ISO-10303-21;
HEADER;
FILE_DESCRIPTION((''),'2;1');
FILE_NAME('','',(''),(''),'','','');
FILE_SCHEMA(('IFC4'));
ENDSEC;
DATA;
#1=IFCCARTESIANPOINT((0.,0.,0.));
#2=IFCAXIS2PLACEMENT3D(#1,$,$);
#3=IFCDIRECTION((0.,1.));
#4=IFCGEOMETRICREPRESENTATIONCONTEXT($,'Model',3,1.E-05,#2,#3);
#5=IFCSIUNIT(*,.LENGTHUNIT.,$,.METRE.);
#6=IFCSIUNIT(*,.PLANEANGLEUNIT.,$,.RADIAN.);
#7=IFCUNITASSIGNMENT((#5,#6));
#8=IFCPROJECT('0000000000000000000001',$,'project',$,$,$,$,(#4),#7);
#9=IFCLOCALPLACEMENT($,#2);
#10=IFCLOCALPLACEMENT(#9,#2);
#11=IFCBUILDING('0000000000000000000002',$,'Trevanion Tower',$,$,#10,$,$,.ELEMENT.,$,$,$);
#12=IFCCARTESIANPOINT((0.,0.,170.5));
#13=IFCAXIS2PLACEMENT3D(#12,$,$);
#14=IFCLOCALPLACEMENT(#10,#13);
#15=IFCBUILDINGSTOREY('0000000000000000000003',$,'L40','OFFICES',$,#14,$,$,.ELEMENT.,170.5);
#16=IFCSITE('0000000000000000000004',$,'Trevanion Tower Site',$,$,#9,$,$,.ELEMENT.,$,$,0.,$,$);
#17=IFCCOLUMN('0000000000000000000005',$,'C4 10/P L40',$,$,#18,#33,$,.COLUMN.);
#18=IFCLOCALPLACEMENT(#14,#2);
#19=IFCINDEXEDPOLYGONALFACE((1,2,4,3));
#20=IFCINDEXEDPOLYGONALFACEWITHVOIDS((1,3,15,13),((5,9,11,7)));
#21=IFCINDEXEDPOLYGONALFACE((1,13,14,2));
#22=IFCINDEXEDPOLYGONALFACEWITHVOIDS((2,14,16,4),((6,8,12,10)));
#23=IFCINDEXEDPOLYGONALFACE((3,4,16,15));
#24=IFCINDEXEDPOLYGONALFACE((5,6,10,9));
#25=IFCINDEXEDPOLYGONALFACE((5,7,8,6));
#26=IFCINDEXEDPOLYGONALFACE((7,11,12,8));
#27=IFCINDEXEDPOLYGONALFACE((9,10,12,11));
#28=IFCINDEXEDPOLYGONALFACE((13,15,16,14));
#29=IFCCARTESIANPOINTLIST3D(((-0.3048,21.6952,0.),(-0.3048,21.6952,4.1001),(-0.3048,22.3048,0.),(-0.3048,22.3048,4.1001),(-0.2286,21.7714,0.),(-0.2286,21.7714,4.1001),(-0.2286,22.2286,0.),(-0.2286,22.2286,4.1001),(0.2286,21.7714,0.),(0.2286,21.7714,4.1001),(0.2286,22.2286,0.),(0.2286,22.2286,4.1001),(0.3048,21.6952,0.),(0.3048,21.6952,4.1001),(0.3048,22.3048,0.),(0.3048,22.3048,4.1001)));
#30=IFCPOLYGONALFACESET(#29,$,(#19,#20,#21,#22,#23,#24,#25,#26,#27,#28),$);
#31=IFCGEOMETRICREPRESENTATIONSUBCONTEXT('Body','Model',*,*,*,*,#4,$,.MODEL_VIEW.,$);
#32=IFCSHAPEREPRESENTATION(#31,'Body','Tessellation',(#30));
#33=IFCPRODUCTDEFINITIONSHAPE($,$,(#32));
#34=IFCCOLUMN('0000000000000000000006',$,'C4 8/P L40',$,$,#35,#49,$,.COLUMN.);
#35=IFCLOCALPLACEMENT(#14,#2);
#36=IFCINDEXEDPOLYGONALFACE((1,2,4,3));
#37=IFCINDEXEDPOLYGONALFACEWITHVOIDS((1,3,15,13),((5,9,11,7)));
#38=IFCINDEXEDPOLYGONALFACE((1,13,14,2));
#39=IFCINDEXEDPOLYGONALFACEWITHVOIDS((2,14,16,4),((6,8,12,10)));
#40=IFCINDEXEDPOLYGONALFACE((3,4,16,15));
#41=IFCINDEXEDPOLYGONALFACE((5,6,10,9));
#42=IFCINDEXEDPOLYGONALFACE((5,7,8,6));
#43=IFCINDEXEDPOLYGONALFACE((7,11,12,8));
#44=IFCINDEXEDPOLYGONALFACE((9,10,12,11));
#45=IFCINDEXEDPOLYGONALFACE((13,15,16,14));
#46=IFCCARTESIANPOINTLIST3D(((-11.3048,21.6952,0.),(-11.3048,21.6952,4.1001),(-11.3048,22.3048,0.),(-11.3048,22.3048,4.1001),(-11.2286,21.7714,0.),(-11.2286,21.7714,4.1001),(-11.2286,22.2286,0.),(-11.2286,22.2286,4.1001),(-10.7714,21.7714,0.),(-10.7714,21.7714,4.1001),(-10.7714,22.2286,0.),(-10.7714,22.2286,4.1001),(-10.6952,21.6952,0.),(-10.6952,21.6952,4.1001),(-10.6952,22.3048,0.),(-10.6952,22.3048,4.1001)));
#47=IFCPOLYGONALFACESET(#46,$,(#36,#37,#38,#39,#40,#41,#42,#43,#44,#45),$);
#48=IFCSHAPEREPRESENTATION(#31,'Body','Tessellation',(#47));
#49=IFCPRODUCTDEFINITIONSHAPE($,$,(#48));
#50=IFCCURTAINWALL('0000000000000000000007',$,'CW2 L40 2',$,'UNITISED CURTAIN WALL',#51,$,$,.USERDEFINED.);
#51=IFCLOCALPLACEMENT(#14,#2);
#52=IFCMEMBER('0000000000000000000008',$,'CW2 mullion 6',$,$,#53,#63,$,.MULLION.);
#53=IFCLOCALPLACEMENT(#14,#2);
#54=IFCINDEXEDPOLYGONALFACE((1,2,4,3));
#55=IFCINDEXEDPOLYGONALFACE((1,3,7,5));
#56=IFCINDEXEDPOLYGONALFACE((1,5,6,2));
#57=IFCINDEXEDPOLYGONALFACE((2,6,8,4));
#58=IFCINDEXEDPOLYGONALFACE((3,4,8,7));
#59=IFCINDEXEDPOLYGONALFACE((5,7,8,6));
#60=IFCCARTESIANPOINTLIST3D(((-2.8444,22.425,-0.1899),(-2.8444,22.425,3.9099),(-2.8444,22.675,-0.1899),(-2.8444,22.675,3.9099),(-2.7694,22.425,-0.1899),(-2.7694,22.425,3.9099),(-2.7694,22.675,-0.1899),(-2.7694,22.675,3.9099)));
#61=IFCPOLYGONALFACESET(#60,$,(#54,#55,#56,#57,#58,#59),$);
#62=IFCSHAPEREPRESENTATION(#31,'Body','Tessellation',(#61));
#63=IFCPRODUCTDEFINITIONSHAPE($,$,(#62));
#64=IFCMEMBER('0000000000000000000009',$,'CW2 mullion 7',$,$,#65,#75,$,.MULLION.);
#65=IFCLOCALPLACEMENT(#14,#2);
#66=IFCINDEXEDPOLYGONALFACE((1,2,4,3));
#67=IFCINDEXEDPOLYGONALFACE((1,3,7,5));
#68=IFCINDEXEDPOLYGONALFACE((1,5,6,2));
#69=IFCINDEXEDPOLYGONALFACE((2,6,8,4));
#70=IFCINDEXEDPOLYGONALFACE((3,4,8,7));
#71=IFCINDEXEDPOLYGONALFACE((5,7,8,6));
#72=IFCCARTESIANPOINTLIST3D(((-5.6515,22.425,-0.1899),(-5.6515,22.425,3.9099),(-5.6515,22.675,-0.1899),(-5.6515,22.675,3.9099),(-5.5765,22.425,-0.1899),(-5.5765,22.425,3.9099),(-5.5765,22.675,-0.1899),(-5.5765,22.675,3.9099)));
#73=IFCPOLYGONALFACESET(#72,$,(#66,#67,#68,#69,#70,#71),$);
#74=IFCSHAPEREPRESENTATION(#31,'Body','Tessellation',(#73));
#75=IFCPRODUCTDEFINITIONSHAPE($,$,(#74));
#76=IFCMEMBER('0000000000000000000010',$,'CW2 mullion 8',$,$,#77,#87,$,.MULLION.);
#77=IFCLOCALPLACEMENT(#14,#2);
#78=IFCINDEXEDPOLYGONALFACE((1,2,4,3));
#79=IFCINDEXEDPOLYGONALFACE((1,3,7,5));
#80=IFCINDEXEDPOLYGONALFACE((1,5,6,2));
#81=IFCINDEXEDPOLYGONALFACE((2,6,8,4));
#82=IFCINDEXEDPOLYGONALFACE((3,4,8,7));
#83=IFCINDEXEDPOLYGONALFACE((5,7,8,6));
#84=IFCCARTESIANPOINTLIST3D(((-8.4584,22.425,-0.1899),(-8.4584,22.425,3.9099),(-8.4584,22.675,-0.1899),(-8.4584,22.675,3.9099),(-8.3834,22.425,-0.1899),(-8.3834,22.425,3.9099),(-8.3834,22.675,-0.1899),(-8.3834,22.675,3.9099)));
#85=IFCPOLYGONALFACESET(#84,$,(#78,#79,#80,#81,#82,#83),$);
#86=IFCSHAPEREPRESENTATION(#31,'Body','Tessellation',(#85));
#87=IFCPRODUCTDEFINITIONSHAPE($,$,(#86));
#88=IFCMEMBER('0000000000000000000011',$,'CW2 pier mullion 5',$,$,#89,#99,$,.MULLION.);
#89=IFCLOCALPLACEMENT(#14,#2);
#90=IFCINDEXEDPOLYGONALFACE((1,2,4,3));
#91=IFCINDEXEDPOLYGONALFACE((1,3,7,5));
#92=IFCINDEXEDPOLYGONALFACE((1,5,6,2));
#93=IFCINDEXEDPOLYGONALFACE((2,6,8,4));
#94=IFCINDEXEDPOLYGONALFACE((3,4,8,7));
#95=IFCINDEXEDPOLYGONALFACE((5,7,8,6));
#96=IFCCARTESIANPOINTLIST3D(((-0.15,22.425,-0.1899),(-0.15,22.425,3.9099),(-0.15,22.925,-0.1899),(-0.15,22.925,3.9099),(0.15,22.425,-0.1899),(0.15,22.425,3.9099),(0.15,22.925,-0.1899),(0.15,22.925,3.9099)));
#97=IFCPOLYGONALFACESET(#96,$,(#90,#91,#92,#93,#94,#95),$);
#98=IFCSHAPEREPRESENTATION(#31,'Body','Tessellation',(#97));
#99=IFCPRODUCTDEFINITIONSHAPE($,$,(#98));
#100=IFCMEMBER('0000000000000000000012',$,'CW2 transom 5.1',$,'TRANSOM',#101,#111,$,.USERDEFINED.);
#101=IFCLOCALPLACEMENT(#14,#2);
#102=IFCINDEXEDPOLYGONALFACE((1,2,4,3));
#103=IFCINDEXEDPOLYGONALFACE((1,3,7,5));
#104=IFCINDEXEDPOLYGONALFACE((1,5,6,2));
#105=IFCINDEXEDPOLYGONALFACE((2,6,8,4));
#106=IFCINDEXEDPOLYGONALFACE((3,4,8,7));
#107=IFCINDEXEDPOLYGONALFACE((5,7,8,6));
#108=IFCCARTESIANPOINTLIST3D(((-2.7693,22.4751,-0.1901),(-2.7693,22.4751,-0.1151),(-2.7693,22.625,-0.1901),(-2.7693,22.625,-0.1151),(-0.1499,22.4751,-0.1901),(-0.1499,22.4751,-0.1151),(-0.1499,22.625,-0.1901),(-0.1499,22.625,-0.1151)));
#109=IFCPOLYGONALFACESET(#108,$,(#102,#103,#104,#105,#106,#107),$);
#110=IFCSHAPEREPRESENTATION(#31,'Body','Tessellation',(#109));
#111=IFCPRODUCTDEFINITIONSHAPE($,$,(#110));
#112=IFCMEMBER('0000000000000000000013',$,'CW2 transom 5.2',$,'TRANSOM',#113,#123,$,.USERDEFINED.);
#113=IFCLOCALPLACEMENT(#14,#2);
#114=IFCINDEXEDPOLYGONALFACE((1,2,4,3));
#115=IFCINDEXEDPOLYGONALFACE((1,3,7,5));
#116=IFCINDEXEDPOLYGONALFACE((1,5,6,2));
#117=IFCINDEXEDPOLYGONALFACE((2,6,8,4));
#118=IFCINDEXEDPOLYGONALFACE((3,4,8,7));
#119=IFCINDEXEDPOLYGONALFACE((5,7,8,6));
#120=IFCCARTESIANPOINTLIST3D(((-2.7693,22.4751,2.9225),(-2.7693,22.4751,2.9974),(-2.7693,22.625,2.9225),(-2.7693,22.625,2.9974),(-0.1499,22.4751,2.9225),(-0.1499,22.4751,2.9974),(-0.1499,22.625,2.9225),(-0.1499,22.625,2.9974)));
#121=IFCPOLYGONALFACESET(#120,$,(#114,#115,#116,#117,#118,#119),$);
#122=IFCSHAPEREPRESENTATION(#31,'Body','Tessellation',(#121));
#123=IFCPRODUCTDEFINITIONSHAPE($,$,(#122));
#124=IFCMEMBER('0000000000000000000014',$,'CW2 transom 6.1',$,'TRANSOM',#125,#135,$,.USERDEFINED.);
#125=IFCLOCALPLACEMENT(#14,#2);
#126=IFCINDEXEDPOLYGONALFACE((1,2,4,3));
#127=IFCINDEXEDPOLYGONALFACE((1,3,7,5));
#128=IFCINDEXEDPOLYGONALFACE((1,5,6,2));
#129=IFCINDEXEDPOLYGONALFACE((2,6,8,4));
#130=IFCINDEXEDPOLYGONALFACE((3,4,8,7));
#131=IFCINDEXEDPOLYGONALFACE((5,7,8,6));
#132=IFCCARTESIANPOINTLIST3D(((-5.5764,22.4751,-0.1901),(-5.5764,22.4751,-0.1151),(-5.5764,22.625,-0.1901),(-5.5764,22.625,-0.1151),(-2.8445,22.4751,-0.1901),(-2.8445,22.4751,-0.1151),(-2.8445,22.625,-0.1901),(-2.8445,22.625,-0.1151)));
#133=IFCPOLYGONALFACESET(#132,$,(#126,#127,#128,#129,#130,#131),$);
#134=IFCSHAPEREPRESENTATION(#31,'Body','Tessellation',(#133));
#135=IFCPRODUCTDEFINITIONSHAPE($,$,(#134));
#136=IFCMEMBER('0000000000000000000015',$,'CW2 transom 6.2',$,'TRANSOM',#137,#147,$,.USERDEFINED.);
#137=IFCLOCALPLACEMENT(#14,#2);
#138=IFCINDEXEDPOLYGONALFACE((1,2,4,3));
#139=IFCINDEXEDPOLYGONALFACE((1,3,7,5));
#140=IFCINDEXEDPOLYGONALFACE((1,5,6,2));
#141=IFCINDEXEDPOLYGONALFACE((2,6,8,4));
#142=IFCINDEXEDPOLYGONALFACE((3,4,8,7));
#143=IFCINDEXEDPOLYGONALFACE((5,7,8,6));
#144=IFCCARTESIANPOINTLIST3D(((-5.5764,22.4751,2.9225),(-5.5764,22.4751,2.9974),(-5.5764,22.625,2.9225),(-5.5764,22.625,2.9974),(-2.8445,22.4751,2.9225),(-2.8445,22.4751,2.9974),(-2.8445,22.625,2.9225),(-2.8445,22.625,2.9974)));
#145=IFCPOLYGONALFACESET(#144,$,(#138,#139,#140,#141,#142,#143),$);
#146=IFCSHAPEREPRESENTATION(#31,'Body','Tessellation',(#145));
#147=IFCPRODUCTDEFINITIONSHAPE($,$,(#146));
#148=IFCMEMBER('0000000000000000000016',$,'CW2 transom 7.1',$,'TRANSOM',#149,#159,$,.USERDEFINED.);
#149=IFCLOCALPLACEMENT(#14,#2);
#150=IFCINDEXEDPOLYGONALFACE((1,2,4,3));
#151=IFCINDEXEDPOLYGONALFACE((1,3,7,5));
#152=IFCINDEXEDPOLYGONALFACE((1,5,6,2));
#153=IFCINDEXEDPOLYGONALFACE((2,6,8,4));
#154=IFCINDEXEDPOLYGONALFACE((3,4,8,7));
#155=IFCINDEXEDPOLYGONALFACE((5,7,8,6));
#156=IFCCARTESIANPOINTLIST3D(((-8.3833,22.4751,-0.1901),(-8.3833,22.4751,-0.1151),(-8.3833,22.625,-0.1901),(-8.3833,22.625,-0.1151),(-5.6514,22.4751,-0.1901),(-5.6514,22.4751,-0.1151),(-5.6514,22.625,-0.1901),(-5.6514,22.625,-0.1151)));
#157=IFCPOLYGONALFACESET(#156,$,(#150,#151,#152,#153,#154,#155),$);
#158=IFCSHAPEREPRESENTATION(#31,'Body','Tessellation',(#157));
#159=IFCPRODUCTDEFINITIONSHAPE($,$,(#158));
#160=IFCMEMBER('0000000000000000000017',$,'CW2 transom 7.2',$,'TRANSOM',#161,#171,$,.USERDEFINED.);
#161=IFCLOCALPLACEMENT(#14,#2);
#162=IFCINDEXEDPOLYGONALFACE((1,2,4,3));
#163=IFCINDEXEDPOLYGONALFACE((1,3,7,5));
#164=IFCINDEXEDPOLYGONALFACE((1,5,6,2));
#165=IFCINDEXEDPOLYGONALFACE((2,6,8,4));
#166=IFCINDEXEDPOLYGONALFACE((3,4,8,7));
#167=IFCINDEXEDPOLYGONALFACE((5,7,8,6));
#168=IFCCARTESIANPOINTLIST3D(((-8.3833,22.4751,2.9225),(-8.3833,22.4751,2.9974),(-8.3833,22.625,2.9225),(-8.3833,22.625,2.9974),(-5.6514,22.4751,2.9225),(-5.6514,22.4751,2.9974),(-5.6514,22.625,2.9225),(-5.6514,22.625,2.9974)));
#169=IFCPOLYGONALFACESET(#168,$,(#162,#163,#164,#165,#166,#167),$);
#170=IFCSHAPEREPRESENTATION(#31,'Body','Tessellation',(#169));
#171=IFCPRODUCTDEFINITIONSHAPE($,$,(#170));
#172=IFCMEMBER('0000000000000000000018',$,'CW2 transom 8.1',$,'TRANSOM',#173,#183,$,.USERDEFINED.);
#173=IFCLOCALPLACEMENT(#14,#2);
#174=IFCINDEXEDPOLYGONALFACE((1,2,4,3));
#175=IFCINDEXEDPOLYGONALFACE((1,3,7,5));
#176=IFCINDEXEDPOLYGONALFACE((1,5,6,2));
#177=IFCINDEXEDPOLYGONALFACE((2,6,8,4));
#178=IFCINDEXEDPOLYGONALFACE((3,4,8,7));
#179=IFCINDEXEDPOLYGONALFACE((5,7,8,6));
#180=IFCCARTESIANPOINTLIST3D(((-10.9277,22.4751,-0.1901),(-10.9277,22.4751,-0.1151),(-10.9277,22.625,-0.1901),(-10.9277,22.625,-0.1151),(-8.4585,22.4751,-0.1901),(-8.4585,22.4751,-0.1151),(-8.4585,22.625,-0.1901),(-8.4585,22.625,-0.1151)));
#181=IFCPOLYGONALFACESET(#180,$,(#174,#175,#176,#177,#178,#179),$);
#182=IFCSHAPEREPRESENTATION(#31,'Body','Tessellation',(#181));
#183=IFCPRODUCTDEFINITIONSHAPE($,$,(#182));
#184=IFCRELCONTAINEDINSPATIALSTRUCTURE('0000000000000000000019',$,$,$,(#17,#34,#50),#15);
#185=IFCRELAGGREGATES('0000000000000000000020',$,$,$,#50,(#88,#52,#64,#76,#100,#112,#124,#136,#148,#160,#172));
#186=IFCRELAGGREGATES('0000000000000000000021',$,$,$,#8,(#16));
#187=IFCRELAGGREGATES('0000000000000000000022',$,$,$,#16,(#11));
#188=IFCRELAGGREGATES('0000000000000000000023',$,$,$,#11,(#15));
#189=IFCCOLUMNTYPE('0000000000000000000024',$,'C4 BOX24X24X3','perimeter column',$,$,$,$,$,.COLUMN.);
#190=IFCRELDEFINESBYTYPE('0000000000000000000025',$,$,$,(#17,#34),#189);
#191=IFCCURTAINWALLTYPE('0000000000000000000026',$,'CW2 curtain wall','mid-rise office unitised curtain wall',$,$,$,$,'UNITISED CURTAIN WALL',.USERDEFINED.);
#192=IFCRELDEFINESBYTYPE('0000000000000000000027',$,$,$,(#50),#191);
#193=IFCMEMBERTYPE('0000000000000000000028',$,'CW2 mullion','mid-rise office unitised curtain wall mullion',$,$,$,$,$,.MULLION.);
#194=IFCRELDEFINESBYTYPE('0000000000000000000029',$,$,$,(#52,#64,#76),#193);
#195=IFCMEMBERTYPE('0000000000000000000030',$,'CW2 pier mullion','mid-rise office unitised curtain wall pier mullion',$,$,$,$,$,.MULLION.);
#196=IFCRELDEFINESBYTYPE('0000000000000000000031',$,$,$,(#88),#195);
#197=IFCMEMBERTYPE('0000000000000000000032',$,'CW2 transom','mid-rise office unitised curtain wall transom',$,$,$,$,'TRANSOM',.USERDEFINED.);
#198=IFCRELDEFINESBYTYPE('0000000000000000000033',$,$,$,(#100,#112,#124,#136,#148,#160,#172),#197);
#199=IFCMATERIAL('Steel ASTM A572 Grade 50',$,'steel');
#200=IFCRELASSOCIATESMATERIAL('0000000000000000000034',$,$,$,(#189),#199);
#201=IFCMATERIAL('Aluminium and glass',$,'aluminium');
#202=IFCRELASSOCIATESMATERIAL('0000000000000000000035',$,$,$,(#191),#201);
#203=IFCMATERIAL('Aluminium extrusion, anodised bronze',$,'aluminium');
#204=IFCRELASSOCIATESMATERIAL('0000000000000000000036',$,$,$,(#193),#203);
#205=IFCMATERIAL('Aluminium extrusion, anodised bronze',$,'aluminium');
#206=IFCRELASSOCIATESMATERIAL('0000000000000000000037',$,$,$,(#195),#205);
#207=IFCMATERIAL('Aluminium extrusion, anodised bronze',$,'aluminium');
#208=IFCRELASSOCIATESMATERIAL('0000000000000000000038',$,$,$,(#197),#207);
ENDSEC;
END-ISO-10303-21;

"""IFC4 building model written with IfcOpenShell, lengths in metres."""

from ifc_helpers import new_model, si_unit, direction, frame, origin, origin_2d, place, context, subcontext, project, spatial, rectangle, hollow_rectangle, extrude, material, material_profile, profile_set, type_object, element, aggregate, save


model = new_model("IFC4")

# Units and contexts
model_context = context("Model", 3, precision=1e-05, world=origin(), true_north=direction((0.0, 1.0)))
body_context = subcontext(model_context, "Body", "Model", "MODEL_VIEW")
ifc_project = project(units=[si_unit("LENGTHUNIT", "METRE"), si_unit("PLANEANGLEUNIT", "RADIAN")], contexts=[model_context])

# Site, building, storey
site_placement = place(None, origin())
site = spatial("IfcSite", under=ifc_project, at=site_placement, Name="Trevanion Tower Site", CompositionType="ELEMENT", RefElevation=0.0)
building_placement = place(site_placement, origin())
building = spatial("IfcBuilding", under=site, at=building_placement, Name="Trevanion Tower", CompositionType="ELEMENT")
storey_placement = place(building_placement, frame((0.0, 0.0, 170.5)))
storey = spatial("IfcBuildingStorey", under=building, at=storey_placement, Name="L40", Description="OFFICES", CompositionType="ELEMENT", Elevation=170.5)

# Columns
ifc_material_1 = material(Name="Steel ASTM A572 Grade 50", Category="steel")
ifc_material_profile_1 = material_profile(ifc_material_1, hollow_rectangle(XDim=0.6096, YDim=0.6096, WallThickness=0.0762, at=origin_2d()), Name="BOX24X24X3")
ifc_profile_set_1 = profile_set([ifc_material_profile_1], Name="Steel ASTM A572 Grade 50")
column_type = type_object("IfcColumnType", Name="C4 BOX24X24X3", Description="perimeter column", PredefinedType="COLUMN", material=ifc_profile_set_1)
for number, where, z_axis, x_axis, name in (
    (1, (0.0, 22.0, 0.0), (0.0, 0.0, 1.0), (1.0, 0.0, 0.0), "C4 10/P L40"),
    (2, (-11.0, 22.0, 0.0), (0.0, 0.0, 1.0), (1.0, 0.0, 0.0), "C4 8/P L40"),
):
    element("IfcColumn", number, at=place(storey_placement, frame(where, z_axis=z_axis, x_axis=x_axis)), inside=storey, type_object=column_type, Name=name, PredefinedType="COLUMN", context=body_context, shape_type="SweptSolid", body=[
        extrude(hollow_rectangle(XDim=0.6096, YDim=0.6096, WallThickness=0.0762, at=origin_2d()), origin(), (0.0, 0.0, 1.0), 4.1001),
    ])

# Curtain wall, members
ifc_material_2 = material(Name="Aluminium and glass", Category="aluminium")
curtain_wall_type = type_object("IfcCurtainWallType", Name="CW2 curtain wall", Description="mid-rise office unitised curtain wall", ElementType="UNITISED CURTAIN WALL", PredefinedType="USERDEFINED", material=ifc_material_2)
curtain_wall_placement = place(storey_placement, origin())
curtain_wall = element("IfcCurtainWall", 3, at=curtain_wall_placement, inside=storey, type_object=curtain_wall_type, Name="CW2 L40 2", ObjectType="UNITISED CURTAIN WALL", PredefinedType="USERDEFINED")
ifc_material_3 = material(Name="Aluminium extrusion, anodised bronze", Category="aluminium")
ifc_material_profile_2 = material_profile(ifc_material_3, rectangle(XDim=0.075, YDim=0.25, at=origin_2d()), Name="CW2 mullion")
ifc_profile_set_2 = profile_set([ifc_material_profile_2], Name="Aluminium extrusion, anodised bronze")
member_type_1 = type_object("IfcMemberType", Name="CW2 mullion", Description="mid-rise office unitised curtain wall mullion", PredefinedType="MULLION", material=ifc_profile_set_2)
member_1_placement = place(storey_placement, frame((-2.8069, 22.55, -0.1899), z_axis=(0.0, 0.0, 1.0), x_axis=(-1.0, 0.0, 0.0)))
member_1 = element("IfcMember", 4, at=member_1_placement, type_object=member_type_1, Name="CW2 mullion 6", PredefinedType="MULLION", context=body_context, shape_type="SweptSolid", body=[
    extrude(rectangle(XDim=0.075, YDim=0.25, at=origin_2d()), origin(), (0.0, 0.0, 1.0), 4.0999),
])
member_2_placement = place(storey_placement, frame((-5.614, 22.55, -0.1899), z_axis=(0.0, 0.0, 1.0), x_axis=(-1.0, 0.0, 0.0)))
member_2 = element("IfcMember", 5, at=member_2_placement, type_object=member_type_1, Name="CW2 mullion 7", PredefinedType="MULLION", context=body_context, shape_type="SweptSolid", body=[
    extrude(rectangle(XDim=0.075, YDim=0.25, at=origin_2d()), origin(), (0.0, 0.0, 1.0), 4.0999),
])
member_3_placement = place(storey_placement, frame((-8.4209, 22.55, -0.1899), z_axis=(0.0, 0.0, 1.0), x_axis=(-1.0, 0.0, 0.0)))
member_3 = element("IfcMember", 6, at=member_3_placement, type_object=member_type_1, Name="CW2 mullion 8", PredefinedType="MULLION", context=body_context, shape_type="SweptSolid", body=[
    extrude(rectangle(XDim=0.075, YDim=0.25, at=origin_2d()), origin(), (0.0, 0.0, 1.0), 4.0999),
])
ifc_material_4 = material(Name="Aluminium extrusion, anodised bronze", Category="aluminium")
ifc_material_profile_3 = material_profile(ifc_material_4, rectangle(XDim=0.3, YDim=0.5, at=origin_2d()), Name="CW2 pier mullion")
ifc_profile_set_3 = profile_set([ifc_material_profile_3], Name="Aluminium extrusion, anodised bronze")
member_type_2 = type_object("IfcMemberType", Name="CW2 pier mullion", Description="mid-rise office unitised curtain wall pier mullion", PredefinedType="MULLION", material=ifc_profile_set_3)
member_4_placement = place(storey_placement, frame((0.0, 22.675, -0.1899), z_axis=(0.0, 0.0, 1.0), x_axis=(-1.0, 0.0, 0.0)))
member_4 = element("IfcMember", 7, at=member_4_placement, type_object=member_type_2, Name="CW2 pier mullion 5", PredefinedType="MULLION", context=body_context, shape_type="SweptSolid", body=[
    extrude(rectangle(XDim=0.3, YDim=0.5, at=origin_2d()), origin(), (0.0, 0.0, 1.0), 4.0999),
])
ifc_material_5 = material(Name="Aluminium extrusion, anodised bronze", Category="aluminium")
ifc_material_profile_4 = material_profile(ifc_material_5, rectangle(XDim=0.1499, YDim=0.075, at=origin_2d()), Name="CW2 transom")
ifc_profile_set_4 = profile_set([ifc_material_profile_4], Name="Aluminium extrusion, anodised bronze")
member_type_3 = type_object("IfcMemberType", Name="CW2 transom", Description="mid-rise office unitised curtain wall transom", ElementType="TRANSOM", PredefinedType="USERDEFINED", material=ifc_profile_set_4)
member_5_placement = place(storey_placement, frame((-0.1499, 22.55, -0.1526), z_axis=(-1.0, 0.0, 0.0), x_axis=(0.0, -1.0, 0.0)))
member_5 = element("IfcMember", 8, at=member_5_placement, type_object=member_type_3, Name="CW2 transom 5.1", ObjectType="TRANSOM", PredefinedType="USERDEFINED", context=body_context, shape_type="SweptSolid", body=[
    extrude(rectangle(XDim=0.1499, YDim=0.075, at=origin_2d()), origin(), (0.0, 0.0, 1.0), 2.6194),
])
member_6_placement = place(storey_placement, frame((-0.1499, 22.55, 2.96), z_axis=(-1.0, 0.0, 0.0), x_axis=(0.0, -1.0, 0.0)))
member_6 = element("IfcMember", 9, at=member_6_placement, type_object=member_type_3, Name="CW2 transom 5.2", ObjectType="TRANSOM", PredefinedType="USERDEFINED", context=body_context, shape_type="SweptSolid", body=[
    extrude(rectangle(XDim=0.1499, YDim=0.075, at=origin_2d()), origin(), (0.0, 0.0, 1.0), 2.6194),
])
member_7_placement = place(storey_placement, frame((-2.8445, 22.55, -0.1526), z_axis=(-1.0, 0.0, 0.0), x_axis=(0.0, -1.0, 0.0)))
member_7 = element("IfcMember", 10, at=member_7_placement, type_object=member_type_3, Name="CW2 transom 6.1", ObjectType="TRANSOM", PredefinedType="USERDEFINED", context=body_context, shape_type="SweptSolid", body=[
    extrude(rectangle(XDim=0.1499, YDim=0.075, at=origin_2d()), origin(), (0.0, 0.0, 1.0), 2.7319),
])
member_8_placement = place(storey_placement, frame((-2.8445, 22.55, 2.96), z_axis=(-1.0, 0.0, 0.0), x_axis=(0.0, -1.0, 0.0)))
member_8 = element("IfcMember", 11, at=member_8_placement, type_object=member_type_3, Name="CW2 transom 6.2", ObjectType="TRANSOM", PredefinedType="USERDEFINED", context=body_context, shape_type="SweptSolid", body=[
    extrude(rectangle(XDim=0.1499, YDim=0.075, at=origin_2d()), origin(), (0.0, 0.0, 1.0), 2.7319),
])
member_9_placement = place(storey_placement, frame((-5.6514, 22.55, -0.1526), z_axis=(-1.0, 0.0, 0.0), x_axis=(0.0, -1.0, 0.0)))
member_9 = element("IfcMember", 12, at=member_9_placement, type_object=member_type_3, Name="CW2 transom 7.1", ObjectType="TRANSOM", PredefinedType="USERDEFINED", context=body_context, shape_type="SweptSolid", body=[
    extrude(rectangle(XDim=0.1499, YDim=0.075, at=origin_2d()), origin(), (0.0, 0.0, 1.0), 2.7319),
])
member_10_placement = place(storey_placement, frame((-5.6514, 22.55, 2.96), z_axis=(-1.0, 0.0, 0.0), x_axis=(0.0, -1.0, 0.0)))
member_10 = element("IfcMember", 13, at=member_10_placement, type_object=member_type_3, Name="CW2 transom 7.2", ObjectType="TRANSOM", PredefinedType="USERDEFINED", context=body_context, shape_type="SweptSolid", body=[
    extrude(rectangle(XDim=0.1499, YDim=0.075, at=origin_2d()), origin(), (0.0, 0.0, 1.0), 2.7319),
])
member_11_placement = place(storey_placement, frame((-8.4585, 22.55, -0.1526), z_axis=(-1.0, 0.0, 0.0), x_axis=(0.0, -1.0, 0.0)))
member_11 = element("IfcMember", 14, at=member_11_placement, type_object=member_type_3, Name="CW2 transom 8.1", ObjectType="TRANSOM", PredefinedType="USERDEFINED", context=body_context, shape_type="SweptSolid", body=[
    extrude(rectangle(XDim=0.1499, YDim=0.075, at=origin_2d()), origin(), (0.0, 0.0, 1.0), 2.4692),
])

aggregate(curtain_wall, [member_4, member_1, member_2, member_3, member_5, member_6, member_7, member_8, member_9, member_10, member_11])

save(model, "model.ifc")
